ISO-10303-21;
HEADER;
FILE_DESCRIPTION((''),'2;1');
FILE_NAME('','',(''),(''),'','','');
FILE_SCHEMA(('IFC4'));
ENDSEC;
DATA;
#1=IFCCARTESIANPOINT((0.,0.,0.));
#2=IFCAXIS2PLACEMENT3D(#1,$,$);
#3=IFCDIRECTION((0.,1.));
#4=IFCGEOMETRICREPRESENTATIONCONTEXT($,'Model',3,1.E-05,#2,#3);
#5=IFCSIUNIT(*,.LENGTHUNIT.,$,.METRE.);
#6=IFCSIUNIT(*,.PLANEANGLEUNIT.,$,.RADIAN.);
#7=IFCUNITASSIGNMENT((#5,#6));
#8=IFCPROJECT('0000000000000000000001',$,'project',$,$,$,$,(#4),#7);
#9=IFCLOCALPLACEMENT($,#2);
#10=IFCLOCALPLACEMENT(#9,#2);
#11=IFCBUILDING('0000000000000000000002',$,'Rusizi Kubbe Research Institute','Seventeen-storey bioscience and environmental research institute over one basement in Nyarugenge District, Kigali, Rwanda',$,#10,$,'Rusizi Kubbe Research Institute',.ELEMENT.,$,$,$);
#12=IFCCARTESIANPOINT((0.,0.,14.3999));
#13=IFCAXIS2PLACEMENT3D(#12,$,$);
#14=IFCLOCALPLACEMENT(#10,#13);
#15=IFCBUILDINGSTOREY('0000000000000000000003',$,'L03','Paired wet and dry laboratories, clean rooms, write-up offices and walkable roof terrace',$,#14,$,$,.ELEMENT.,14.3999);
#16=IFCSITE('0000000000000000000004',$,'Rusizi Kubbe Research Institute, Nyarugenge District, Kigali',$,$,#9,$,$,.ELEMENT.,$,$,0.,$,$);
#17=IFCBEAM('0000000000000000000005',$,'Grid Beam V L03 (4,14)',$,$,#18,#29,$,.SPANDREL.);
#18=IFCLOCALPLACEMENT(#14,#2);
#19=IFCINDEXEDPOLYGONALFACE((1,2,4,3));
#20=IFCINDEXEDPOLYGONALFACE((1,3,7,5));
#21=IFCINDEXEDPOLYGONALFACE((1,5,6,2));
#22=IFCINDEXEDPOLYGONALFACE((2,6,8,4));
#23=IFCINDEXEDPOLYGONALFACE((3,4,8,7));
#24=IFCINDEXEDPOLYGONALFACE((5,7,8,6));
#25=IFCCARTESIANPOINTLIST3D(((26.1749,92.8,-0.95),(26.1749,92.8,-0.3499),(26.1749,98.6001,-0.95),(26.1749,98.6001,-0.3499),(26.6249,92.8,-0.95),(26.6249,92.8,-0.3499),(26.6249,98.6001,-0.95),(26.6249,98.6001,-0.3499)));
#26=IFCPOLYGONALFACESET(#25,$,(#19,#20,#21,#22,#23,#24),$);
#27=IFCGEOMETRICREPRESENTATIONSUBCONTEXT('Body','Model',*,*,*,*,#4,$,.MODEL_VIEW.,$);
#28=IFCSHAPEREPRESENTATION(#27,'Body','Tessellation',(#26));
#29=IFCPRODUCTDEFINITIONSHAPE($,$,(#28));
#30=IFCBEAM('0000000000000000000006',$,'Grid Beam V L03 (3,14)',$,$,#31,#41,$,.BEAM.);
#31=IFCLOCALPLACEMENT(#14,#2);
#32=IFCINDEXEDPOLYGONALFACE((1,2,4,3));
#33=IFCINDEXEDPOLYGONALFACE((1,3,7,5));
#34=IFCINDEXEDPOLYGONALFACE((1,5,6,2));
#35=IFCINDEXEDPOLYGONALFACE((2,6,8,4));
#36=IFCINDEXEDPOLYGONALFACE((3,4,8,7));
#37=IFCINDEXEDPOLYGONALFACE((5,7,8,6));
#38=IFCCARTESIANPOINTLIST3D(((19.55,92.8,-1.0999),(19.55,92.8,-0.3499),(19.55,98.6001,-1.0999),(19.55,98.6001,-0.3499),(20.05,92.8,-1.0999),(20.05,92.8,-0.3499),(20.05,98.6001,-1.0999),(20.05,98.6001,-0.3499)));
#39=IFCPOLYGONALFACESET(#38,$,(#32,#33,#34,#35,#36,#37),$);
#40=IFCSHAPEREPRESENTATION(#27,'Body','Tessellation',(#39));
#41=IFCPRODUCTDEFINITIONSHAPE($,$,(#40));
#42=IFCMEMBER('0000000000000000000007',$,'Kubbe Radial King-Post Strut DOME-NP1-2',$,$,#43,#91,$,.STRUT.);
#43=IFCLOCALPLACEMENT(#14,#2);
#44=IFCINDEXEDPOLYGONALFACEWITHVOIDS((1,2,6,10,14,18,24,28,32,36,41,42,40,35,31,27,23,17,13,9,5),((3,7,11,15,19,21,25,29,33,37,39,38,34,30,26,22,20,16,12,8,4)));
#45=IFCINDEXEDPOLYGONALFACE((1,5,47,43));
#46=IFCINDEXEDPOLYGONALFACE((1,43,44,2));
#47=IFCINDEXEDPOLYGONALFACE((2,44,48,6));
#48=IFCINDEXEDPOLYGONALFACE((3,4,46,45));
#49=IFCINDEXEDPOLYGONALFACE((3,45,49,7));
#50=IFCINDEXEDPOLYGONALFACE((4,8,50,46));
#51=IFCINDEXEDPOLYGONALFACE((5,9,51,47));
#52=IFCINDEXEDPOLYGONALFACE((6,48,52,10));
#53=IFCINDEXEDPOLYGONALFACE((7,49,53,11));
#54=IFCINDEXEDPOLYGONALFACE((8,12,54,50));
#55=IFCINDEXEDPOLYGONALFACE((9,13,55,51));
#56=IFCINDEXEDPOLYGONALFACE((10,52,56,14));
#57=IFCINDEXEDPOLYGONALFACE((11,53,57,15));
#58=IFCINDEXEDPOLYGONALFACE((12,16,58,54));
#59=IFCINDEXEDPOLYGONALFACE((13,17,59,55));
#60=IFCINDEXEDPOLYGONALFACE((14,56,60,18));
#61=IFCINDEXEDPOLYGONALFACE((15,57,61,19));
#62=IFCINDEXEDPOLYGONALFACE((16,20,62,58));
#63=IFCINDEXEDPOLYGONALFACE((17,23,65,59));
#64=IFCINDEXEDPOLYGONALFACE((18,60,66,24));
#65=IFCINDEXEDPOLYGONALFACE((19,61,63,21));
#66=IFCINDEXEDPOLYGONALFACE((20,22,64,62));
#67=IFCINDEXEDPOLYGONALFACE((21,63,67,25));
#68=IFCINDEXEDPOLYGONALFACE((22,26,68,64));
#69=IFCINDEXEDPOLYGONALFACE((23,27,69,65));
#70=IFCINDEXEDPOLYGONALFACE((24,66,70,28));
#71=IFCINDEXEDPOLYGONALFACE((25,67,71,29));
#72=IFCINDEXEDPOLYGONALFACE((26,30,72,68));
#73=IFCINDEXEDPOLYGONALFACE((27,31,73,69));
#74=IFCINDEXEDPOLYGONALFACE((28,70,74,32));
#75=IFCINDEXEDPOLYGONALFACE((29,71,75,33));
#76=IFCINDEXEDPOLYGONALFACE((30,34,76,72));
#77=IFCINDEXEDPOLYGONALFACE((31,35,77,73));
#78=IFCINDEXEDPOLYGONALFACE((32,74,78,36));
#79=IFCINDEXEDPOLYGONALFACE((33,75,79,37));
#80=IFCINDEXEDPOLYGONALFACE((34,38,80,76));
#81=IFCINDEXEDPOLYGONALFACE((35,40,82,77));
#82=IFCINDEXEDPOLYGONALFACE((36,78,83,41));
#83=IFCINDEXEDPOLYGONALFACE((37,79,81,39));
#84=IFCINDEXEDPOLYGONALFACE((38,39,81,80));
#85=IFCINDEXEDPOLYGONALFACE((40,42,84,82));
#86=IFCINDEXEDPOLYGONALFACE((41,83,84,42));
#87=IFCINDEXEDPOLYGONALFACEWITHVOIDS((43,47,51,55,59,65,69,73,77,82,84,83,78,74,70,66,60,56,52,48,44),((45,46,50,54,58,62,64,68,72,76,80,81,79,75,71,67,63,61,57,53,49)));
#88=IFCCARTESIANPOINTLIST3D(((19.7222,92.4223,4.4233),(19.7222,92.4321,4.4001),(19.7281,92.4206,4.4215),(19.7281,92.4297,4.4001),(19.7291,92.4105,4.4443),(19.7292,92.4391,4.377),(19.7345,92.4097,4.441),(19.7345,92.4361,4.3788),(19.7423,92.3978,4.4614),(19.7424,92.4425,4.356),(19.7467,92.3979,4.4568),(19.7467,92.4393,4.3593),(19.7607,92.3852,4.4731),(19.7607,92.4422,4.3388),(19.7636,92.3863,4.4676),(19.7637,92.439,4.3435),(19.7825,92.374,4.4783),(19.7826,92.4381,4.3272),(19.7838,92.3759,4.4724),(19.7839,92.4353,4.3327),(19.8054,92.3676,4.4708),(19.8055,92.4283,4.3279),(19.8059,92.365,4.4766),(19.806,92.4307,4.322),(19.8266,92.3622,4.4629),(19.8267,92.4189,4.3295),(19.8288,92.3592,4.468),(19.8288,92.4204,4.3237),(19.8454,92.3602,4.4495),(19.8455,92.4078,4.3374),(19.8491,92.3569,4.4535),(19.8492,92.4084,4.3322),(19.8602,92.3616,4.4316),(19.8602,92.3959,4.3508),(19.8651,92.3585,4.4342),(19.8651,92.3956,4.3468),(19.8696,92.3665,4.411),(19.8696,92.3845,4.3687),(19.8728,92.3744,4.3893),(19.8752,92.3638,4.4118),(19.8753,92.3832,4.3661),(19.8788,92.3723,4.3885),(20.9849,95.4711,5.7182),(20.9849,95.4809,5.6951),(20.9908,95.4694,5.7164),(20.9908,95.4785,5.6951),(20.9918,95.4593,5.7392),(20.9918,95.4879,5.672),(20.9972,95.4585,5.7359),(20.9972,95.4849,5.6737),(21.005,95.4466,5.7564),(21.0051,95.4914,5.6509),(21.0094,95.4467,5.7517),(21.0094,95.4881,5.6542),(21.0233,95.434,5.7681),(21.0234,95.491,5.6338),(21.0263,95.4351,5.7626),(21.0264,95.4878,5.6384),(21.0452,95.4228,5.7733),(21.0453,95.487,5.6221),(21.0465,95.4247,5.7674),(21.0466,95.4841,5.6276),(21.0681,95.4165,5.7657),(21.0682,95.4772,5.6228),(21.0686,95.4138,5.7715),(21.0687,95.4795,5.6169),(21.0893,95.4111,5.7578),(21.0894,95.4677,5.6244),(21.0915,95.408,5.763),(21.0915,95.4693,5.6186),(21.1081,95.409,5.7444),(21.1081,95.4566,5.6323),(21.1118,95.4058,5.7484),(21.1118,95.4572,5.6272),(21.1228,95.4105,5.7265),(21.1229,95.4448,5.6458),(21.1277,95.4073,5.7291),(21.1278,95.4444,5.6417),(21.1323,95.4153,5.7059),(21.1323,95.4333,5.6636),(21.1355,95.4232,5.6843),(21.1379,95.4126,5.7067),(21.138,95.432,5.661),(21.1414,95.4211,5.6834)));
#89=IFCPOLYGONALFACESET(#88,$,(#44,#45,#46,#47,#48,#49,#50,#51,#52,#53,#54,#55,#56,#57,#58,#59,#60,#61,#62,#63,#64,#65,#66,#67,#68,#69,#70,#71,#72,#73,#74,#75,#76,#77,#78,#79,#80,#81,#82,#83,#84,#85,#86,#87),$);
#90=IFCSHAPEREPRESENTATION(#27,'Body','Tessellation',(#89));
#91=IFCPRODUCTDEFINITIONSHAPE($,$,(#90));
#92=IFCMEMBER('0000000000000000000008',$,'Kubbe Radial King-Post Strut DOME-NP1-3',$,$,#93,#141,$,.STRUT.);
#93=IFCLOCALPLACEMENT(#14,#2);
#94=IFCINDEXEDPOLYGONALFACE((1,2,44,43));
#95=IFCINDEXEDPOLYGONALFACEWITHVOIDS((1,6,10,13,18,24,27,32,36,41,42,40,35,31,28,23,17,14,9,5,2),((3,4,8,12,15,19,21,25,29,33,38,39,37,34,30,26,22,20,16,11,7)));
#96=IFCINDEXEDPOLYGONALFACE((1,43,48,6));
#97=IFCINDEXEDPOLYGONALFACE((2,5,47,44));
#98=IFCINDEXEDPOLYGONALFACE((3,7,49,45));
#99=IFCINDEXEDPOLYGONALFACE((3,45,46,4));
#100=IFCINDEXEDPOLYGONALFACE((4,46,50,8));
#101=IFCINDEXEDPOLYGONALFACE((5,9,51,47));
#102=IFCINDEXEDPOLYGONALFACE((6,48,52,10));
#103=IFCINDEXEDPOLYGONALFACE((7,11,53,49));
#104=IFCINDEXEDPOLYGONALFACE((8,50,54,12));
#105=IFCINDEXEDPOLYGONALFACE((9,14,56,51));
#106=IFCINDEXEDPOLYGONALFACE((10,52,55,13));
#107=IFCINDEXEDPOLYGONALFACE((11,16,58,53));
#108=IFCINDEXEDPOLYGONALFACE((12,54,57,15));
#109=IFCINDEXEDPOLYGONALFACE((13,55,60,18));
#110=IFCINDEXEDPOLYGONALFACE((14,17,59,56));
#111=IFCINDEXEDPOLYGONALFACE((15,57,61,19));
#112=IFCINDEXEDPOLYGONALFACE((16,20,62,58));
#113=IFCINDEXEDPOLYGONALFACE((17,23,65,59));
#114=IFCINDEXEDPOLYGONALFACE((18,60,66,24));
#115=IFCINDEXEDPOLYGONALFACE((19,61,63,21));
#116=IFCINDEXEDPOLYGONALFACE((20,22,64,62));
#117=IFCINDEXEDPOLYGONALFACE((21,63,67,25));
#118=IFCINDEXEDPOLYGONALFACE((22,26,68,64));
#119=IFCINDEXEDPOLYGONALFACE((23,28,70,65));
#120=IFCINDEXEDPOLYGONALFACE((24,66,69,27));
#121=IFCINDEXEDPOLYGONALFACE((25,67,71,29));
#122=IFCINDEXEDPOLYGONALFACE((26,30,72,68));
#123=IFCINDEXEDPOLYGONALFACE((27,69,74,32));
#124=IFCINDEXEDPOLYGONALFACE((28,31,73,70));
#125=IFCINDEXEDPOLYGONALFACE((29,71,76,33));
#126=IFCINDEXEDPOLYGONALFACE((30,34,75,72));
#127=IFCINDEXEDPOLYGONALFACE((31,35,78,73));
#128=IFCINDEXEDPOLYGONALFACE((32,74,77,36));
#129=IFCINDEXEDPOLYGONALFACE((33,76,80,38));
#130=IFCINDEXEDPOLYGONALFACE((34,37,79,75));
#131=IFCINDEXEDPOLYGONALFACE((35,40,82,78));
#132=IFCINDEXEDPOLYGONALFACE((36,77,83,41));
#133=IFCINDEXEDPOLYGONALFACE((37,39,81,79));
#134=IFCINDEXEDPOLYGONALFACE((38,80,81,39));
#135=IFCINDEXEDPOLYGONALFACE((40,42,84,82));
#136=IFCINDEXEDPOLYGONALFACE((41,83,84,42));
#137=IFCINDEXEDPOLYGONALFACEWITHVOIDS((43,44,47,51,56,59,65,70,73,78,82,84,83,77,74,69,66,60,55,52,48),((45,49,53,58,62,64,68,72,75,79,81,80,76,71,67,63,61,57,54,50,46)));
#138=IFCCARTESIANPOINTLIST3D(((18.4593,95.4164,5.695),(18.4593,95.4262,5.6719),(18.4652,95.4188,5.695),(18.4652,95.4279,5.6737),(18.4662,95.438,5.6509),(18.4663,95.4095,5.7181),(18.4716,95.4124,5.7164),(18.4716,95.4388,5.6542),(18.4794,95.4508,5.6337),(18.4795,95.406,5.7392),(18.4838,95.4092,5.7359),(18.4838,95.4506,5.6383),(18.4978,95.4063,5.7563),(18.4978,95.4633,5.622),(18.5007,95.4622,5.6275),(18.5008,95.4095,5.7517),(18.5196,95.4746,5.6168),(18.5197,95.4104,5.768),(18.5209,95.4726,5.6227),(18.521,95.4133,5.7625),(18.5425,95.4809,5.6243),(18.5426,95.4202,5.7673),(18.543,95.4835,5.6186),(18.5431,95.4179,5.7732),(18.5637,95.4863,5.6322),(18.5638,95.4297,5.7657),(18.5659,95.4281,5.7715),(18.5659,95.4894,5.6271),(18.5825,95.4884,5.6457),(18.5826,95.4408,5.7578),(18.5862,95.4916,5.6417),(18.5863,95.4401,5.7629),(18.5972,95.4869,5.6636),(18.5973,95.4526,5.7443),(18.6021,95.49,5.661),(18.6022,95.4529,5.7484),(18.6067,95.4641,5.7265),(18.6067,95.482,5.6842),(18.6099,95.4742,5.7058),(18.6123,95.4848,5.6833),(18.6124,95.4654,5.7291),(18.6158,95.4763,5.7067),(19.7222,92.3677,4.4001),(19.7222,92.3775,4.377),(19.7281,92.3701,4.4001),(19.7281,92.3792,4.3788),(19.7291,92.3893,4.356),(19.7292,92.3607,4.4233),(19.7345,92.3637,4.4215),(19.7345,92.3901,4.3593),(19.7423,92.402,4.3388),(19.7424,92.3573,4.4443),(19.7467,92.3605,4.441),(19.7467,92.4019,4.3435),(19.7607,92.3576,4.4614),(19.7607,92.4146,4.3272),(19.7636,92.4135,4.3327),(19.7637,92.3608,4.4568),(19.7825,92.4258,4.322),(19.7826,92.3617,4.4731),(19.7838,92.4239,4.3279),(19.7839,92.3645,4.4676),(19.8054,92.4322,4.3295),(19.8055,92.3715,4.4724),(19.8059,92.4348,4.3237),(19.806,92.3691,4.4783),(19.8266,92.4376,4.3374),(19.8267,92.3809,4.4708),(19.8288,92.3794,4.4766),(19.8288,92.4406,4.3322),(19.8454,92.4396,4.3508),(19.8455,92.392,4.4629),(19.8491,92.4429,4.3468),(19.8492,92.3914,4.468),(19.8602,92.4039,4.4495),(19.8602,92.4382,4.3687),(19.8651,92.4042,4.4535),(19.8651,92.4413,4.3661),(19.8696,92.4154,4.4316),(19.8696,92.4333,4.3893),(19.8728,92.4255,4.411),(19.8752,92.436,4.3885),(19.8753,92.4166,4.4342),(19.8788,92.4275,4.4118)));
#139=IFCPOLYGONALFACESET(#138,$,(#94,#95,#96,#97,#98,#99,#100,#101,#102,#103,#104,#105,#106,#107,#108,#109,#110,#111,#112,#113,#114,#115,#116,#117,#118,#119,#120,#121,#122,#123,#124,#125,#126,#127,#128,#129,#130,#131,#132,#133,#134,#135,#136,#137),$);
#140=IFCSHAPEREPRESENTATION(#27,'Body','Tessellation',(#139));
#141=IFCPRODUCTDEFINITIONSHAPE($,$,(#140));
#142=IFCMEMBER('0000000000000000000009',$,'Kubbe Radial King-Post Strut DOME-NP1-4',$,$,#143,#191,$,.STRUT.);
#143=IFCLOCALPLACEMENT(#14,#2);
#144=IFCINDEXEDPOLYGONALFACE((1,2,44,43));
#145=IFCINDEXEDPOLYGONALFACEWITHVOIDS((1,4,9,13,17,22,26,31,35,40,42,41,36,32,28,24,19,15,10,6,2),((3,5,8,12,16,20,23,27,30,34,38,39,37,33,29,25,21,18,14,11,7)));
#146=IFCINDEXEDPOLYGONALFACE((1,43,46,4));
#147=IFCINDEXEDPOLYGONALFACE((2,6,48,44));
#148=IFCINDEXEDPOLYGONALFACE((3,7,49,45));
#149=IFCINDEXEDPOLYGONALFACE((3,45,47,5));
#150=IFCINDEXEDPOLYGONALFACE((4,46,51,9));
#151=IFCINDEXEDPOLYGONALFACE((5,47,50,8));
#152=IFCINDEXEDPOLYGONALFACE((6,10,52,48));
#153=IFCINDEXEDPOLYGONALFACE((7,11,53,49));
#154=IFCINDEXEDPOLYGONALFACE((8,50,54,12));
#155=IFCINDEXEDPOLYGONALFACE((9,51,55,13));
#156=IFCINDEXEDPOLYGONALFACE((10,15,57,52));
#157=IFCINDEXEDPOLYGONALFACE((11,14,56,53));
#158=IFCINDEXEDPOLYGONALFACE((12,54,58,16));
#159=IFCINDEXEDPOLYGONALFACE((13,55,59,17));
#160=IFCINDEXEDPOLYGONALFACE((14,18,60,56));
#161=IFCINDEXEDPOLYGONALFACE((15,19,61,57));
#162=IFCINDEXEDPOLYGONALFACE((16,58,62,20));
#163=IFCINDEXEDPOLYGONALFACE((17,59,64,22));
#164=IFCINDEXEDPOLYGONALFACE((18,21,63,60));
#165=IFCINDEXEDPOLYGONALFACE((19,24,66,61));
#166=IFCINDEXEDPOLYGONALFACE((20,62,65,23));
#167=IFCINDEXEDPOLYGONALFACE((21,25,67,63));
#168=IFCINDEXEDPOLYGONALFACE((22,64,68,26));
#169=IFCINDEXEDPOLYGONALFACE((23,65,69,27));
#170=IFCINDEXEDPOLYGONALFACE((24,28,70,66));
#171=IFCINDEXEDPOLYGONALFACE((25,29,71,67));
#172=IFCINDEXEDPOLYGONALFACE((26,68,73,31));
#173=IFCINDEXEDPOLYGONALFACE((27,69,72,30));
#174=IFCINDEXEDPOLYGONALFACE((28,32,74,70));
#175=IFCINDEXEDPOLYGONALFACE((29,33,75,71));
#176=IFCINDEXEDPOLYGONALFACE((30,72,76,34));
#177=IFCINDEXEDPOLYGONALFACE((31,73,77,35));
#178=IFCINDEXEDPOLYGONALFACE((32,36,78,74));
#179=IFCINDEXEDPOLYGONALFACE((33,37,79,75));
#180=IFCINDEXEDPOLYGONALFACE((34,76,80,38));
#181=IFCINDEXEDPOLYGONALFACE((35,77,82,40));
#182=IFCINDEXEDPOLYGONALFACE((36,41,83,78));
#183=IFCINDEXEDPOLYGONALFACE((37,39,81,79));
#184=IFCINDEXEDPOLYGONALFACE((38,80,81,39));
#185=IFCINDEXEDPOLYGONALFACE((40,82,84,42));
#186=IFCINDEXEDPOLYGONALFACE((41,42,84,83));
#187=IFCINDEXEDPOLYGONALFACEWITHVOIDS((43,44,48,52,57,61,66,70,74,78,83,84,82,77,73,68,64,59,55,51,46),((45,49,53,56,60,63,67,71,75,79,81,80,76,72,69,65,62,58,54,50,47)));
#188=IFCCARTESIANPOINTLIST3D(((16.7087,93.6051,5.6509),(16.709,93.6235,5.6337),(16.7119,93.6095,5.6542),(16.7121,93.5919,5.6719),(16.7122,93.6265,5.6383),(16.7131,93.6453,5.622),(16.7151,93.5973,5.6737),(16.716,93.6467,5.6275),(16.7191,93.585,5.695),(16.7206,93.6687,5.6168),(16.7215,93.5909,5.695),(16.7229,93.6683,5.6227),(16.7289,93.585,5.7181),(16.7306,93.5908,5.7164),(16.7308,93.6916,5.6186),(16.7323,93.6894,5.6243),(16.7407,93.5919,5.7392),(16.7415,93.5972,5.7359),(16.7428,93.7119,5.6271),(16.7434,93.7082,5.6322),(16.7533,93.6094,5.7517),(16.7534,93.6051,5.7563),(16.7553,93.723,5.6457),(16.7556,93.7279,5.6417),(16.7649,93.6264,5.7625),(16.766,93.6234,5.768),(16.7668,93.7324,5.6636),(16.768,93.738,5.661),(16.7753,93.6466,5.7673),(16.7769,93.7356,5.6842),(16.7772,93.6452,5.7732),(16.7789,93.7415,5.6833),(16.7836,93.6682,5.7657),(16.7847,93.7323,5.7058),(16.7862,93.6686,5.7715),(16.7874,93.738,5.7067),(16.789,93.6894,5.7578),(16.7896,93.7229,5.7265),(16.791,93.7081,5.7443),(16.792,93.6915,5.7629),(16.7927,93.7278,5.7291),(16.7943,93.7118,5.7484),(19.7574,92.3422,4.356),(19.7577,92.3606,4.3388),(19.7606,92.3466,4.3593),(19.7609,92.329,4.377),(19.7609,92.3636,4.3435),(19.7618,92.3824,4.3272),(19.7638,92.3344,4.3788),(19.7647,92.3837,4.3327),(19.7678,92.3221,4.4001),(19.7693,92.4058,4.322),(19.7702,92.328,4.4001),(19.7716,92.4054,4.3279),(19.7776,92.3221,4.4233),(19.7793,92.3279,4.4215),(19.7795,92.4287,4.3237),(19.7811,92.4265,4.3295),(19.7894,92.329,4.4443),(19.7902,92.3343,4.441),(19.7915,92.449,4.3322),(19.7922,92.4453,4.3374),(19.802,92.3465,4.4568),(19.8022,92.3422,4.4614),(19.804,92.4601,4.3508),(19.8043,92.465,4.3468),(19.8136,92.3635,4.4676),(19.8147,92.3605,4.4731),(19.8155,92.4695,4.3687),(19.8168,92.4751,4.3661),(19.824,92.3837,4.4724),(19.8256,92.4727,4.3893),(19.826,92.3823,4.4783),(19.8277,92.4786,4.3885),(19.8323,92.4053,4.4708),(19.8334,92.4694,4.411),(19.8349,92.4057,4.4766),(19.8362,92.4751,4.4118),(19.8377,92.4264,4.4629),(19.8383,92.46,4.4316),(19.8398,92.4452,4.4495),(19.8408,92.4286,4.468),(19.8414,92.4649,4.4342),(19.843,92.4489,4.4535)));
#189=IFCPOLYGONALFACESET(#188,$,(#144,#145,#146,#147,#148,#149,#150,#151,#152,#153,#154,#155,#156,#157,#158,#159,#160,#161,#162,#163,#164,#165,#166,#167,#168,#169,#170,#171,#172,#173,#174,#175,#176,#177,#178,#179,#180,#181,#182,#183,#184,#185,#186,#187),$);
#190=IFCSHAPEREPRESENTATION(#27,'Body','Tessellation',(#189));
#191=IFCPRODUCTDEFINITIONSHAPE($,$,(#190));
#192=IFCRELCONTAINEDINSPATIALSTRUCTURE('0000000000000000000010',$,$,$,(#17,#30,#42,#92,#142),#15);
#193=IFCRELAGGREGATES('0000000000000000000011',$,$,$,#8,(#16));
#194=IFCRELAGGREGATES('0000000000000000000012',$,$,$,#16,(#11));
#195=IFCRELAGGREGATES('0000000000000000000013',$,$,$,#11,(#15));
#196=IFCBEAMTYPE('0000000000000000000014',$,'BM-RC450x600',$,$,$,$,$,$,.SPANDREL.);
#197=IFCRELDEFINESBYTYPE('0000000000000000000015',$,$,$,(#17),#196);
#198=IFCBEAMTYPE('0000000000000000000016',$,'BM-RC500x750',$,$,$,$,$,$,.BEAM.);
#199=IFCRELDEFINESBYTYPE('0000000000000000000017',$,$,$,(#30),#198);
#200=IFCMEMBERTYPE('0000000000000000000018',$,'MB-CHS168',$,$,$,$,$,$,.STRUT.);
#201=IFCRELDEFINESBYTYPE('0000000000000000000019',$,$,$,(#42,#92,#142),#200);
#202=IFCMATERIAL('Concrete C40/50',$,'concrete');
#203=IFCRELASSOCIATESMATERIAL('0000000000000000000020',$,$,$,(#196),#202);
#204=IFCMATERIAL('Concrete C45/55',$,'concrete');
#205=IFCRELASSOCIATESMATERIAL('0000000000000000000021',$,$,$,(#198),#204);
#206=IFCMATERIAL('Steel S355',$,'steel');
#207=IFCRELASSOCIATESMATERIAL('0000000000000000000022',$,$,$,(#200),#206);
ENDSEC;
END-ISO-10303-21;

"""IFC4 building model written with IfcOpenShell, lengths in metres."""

from ifc_helpers import new_model, si_unit, direction, frame, origin, origin_2d, place, context, subcontext, project, spatial, rectangle, hollow_circle, extrude, material, material_profile, profile_set, type_object, element, save


model = new_model("IFC4")

# Units and contexts
model_context = context("Model", 3, precision=1e-05, world=origin(), true_north=direction((0.0, 1.0)))
body_context = subcontext(model_context, "Body", "Model", "MODEL_VIEW")
ifc_project = project(units=[si_unit("LENGTHUNIT", "METRE"), si_unit("PLANEANGLEUNIT", "RADIAN")], contexts=[model_context])

# Site, building, storey
site_placement = place(None, origin())
site = spatial("IfcSite", under=ifc_project, at=site_placement, Name="Rusizi Kubbe Research Institute, Nyarugenge District, Kigali", CompositionType="ELEMENT", RefElevation=0.0)
building_placement = place(site_placement, origin())
building = spatial("IfcBuilding", under=site, at=building_placement, Name="Rusizi Kubbe Research Institute", Description="Seventeen-storey bioscience and environmental research institute over one basement in Nyarugenge District, Kigali, Rwanda", LongName="Rusizi Kubbe Research Institute", CompositionType="ELEMENT")
storey_placement = place(building_placement, frame((0.0, 0.0, 14.3999)))
storey = spatial("IfcBuildingStorey", under=building, at=storey_placement, Name="L03", Description="Paired wet and dry laboratories, clean rooms, write-up offices and walkable roof terrace", CompositionType="ELEMENT", Elevation=14.3999)

# Beams
ifc_material_1 = material(Name="Concrete C40/50", Category="concrete")
ifc_material_profile_1 = material_profile(ifc_material_1, rectangle(XDim=0.45, YDim=0.6001, at=origin_2d()), Name="RC450x600")
ifc_profile_set_1 = profile_set([ifc_material_profile_1], Name="Concrete C40/50")
beam_type_1 = type_object("IfcBeamType", Name="BM-RC450x600", PredefinedType="SPANDREL", material=ifc_profile_set_1)
beam_1_placement = place(storey_placement, frame((26.3999, 92.8, -0.6499), z_axis=(0.0, 1.0, 0.0), x_axis=(-1.0, 0.0, 0.0)))
element("IfcBeam", 1, at=beam_1_placement, inside=storey, type_object=beam_type_1, Name="Grid Beam V L03 (4,14)", PredefinedType="SPANDREL", context=body_context, shape_type="SweptSolid", body=[
    extrude(rectangle(XDim=0.45, YDim=0.6001, at=origin_2d()), origin(), (0.0, 0.0, 1.0), 5.8),
])
ifc_material_2 = material(Name="Concrete C45/55", Category="concrete")
ifc_material_profile_2 = material_profile(ifc_material_2, rectangle(XDim=0.5, YDim=0.75, at=origin_2d()), Name="RC500x750B")
ifc_profile_set_2 = profile_set([ifc_material_profile_2], Name="Concrete C45/55")
beam_type_2 = type_object("IfcBeamType", Name="BM-RC500x750", PredefinedType="BEAM", material=ifc_profile_set_2)
beam_2_placement = place(storey_placement, frame((19.8, 92.8, -0.7249), z_axis=(0.0, 1.0, 0.0), x_axis=(-1.0, 0.0, 0.0)))
element("IfcBeam", 2, at=beam_2_placement, inside=storey, type_object=beam_type_2, Name="Grid Beam V L03 (3,14)", PredefinedType="BEAM", context=body_context, shape_type="SweptSolid", body=[
    extrude(rectangle(XDim=0.5, YDim=0.75, at=origin_2d()), origin(), (0.0, 0.0, 1.0), 5.8),
])

# Members
ifc_material_3 = material(Name="Steel S355", Category="steel")
ifc_material_profile_3 = material_profile(ifc_material_3, hollow_circle(Radius=0.0842, WallThickness=0.0063, at=origin_2d()), Name="CHS 168.3x6.3")
ifc_profile_set_3 = profile_set([ifc_material_profile_3], Name="Steel S355")
member_type_1 = type_object("IfcMemberType", Name="MB-CHS168", PredefinedType="STRUT", material=ifc_profile_set_3)
for number, where, z_axis, x_axis, name in (
    (3, (19.8, 92.3999, 4.4001), (0.356197, 0.860052, 0.365288), (-0.923898, 0.382639, 0.0), "Kubbe Radial King-Post Strut DOME-NP1-2"),
    (4, (19.8, 92.3999, 4.4001), (-0.356257, 0.86003, 0.365279), (-0.923872, -0.382702, 0.0), "Kubbe Radial King-Post Strut DOME-NP1-3"),
    (5, (19.8, 92.3999, 4.4001), (-0.86003, 0.356257, 0.365279), (-0.382702, -0.923872, 0.0), "Kubbe Radial King-Post Strut DOME-NP1-4"),
):
    element("IfcMember", number, at=place(storey_placement, frame(where, z_axis=z_axis, x_axis=x_axis)), inside=storey, type_object=member_type_1, Name=name, PredefinedType="STRUT", context=body_context, shape_type="SweptSolid", body=[
        extrude(hollow_circle(Radius=0.0842, WallThickness=0.0063, at=origin_2d()), origin(), (0.0, 0.0, 1.0), 3.5449),
    ])

save(model, "model.ifc")
